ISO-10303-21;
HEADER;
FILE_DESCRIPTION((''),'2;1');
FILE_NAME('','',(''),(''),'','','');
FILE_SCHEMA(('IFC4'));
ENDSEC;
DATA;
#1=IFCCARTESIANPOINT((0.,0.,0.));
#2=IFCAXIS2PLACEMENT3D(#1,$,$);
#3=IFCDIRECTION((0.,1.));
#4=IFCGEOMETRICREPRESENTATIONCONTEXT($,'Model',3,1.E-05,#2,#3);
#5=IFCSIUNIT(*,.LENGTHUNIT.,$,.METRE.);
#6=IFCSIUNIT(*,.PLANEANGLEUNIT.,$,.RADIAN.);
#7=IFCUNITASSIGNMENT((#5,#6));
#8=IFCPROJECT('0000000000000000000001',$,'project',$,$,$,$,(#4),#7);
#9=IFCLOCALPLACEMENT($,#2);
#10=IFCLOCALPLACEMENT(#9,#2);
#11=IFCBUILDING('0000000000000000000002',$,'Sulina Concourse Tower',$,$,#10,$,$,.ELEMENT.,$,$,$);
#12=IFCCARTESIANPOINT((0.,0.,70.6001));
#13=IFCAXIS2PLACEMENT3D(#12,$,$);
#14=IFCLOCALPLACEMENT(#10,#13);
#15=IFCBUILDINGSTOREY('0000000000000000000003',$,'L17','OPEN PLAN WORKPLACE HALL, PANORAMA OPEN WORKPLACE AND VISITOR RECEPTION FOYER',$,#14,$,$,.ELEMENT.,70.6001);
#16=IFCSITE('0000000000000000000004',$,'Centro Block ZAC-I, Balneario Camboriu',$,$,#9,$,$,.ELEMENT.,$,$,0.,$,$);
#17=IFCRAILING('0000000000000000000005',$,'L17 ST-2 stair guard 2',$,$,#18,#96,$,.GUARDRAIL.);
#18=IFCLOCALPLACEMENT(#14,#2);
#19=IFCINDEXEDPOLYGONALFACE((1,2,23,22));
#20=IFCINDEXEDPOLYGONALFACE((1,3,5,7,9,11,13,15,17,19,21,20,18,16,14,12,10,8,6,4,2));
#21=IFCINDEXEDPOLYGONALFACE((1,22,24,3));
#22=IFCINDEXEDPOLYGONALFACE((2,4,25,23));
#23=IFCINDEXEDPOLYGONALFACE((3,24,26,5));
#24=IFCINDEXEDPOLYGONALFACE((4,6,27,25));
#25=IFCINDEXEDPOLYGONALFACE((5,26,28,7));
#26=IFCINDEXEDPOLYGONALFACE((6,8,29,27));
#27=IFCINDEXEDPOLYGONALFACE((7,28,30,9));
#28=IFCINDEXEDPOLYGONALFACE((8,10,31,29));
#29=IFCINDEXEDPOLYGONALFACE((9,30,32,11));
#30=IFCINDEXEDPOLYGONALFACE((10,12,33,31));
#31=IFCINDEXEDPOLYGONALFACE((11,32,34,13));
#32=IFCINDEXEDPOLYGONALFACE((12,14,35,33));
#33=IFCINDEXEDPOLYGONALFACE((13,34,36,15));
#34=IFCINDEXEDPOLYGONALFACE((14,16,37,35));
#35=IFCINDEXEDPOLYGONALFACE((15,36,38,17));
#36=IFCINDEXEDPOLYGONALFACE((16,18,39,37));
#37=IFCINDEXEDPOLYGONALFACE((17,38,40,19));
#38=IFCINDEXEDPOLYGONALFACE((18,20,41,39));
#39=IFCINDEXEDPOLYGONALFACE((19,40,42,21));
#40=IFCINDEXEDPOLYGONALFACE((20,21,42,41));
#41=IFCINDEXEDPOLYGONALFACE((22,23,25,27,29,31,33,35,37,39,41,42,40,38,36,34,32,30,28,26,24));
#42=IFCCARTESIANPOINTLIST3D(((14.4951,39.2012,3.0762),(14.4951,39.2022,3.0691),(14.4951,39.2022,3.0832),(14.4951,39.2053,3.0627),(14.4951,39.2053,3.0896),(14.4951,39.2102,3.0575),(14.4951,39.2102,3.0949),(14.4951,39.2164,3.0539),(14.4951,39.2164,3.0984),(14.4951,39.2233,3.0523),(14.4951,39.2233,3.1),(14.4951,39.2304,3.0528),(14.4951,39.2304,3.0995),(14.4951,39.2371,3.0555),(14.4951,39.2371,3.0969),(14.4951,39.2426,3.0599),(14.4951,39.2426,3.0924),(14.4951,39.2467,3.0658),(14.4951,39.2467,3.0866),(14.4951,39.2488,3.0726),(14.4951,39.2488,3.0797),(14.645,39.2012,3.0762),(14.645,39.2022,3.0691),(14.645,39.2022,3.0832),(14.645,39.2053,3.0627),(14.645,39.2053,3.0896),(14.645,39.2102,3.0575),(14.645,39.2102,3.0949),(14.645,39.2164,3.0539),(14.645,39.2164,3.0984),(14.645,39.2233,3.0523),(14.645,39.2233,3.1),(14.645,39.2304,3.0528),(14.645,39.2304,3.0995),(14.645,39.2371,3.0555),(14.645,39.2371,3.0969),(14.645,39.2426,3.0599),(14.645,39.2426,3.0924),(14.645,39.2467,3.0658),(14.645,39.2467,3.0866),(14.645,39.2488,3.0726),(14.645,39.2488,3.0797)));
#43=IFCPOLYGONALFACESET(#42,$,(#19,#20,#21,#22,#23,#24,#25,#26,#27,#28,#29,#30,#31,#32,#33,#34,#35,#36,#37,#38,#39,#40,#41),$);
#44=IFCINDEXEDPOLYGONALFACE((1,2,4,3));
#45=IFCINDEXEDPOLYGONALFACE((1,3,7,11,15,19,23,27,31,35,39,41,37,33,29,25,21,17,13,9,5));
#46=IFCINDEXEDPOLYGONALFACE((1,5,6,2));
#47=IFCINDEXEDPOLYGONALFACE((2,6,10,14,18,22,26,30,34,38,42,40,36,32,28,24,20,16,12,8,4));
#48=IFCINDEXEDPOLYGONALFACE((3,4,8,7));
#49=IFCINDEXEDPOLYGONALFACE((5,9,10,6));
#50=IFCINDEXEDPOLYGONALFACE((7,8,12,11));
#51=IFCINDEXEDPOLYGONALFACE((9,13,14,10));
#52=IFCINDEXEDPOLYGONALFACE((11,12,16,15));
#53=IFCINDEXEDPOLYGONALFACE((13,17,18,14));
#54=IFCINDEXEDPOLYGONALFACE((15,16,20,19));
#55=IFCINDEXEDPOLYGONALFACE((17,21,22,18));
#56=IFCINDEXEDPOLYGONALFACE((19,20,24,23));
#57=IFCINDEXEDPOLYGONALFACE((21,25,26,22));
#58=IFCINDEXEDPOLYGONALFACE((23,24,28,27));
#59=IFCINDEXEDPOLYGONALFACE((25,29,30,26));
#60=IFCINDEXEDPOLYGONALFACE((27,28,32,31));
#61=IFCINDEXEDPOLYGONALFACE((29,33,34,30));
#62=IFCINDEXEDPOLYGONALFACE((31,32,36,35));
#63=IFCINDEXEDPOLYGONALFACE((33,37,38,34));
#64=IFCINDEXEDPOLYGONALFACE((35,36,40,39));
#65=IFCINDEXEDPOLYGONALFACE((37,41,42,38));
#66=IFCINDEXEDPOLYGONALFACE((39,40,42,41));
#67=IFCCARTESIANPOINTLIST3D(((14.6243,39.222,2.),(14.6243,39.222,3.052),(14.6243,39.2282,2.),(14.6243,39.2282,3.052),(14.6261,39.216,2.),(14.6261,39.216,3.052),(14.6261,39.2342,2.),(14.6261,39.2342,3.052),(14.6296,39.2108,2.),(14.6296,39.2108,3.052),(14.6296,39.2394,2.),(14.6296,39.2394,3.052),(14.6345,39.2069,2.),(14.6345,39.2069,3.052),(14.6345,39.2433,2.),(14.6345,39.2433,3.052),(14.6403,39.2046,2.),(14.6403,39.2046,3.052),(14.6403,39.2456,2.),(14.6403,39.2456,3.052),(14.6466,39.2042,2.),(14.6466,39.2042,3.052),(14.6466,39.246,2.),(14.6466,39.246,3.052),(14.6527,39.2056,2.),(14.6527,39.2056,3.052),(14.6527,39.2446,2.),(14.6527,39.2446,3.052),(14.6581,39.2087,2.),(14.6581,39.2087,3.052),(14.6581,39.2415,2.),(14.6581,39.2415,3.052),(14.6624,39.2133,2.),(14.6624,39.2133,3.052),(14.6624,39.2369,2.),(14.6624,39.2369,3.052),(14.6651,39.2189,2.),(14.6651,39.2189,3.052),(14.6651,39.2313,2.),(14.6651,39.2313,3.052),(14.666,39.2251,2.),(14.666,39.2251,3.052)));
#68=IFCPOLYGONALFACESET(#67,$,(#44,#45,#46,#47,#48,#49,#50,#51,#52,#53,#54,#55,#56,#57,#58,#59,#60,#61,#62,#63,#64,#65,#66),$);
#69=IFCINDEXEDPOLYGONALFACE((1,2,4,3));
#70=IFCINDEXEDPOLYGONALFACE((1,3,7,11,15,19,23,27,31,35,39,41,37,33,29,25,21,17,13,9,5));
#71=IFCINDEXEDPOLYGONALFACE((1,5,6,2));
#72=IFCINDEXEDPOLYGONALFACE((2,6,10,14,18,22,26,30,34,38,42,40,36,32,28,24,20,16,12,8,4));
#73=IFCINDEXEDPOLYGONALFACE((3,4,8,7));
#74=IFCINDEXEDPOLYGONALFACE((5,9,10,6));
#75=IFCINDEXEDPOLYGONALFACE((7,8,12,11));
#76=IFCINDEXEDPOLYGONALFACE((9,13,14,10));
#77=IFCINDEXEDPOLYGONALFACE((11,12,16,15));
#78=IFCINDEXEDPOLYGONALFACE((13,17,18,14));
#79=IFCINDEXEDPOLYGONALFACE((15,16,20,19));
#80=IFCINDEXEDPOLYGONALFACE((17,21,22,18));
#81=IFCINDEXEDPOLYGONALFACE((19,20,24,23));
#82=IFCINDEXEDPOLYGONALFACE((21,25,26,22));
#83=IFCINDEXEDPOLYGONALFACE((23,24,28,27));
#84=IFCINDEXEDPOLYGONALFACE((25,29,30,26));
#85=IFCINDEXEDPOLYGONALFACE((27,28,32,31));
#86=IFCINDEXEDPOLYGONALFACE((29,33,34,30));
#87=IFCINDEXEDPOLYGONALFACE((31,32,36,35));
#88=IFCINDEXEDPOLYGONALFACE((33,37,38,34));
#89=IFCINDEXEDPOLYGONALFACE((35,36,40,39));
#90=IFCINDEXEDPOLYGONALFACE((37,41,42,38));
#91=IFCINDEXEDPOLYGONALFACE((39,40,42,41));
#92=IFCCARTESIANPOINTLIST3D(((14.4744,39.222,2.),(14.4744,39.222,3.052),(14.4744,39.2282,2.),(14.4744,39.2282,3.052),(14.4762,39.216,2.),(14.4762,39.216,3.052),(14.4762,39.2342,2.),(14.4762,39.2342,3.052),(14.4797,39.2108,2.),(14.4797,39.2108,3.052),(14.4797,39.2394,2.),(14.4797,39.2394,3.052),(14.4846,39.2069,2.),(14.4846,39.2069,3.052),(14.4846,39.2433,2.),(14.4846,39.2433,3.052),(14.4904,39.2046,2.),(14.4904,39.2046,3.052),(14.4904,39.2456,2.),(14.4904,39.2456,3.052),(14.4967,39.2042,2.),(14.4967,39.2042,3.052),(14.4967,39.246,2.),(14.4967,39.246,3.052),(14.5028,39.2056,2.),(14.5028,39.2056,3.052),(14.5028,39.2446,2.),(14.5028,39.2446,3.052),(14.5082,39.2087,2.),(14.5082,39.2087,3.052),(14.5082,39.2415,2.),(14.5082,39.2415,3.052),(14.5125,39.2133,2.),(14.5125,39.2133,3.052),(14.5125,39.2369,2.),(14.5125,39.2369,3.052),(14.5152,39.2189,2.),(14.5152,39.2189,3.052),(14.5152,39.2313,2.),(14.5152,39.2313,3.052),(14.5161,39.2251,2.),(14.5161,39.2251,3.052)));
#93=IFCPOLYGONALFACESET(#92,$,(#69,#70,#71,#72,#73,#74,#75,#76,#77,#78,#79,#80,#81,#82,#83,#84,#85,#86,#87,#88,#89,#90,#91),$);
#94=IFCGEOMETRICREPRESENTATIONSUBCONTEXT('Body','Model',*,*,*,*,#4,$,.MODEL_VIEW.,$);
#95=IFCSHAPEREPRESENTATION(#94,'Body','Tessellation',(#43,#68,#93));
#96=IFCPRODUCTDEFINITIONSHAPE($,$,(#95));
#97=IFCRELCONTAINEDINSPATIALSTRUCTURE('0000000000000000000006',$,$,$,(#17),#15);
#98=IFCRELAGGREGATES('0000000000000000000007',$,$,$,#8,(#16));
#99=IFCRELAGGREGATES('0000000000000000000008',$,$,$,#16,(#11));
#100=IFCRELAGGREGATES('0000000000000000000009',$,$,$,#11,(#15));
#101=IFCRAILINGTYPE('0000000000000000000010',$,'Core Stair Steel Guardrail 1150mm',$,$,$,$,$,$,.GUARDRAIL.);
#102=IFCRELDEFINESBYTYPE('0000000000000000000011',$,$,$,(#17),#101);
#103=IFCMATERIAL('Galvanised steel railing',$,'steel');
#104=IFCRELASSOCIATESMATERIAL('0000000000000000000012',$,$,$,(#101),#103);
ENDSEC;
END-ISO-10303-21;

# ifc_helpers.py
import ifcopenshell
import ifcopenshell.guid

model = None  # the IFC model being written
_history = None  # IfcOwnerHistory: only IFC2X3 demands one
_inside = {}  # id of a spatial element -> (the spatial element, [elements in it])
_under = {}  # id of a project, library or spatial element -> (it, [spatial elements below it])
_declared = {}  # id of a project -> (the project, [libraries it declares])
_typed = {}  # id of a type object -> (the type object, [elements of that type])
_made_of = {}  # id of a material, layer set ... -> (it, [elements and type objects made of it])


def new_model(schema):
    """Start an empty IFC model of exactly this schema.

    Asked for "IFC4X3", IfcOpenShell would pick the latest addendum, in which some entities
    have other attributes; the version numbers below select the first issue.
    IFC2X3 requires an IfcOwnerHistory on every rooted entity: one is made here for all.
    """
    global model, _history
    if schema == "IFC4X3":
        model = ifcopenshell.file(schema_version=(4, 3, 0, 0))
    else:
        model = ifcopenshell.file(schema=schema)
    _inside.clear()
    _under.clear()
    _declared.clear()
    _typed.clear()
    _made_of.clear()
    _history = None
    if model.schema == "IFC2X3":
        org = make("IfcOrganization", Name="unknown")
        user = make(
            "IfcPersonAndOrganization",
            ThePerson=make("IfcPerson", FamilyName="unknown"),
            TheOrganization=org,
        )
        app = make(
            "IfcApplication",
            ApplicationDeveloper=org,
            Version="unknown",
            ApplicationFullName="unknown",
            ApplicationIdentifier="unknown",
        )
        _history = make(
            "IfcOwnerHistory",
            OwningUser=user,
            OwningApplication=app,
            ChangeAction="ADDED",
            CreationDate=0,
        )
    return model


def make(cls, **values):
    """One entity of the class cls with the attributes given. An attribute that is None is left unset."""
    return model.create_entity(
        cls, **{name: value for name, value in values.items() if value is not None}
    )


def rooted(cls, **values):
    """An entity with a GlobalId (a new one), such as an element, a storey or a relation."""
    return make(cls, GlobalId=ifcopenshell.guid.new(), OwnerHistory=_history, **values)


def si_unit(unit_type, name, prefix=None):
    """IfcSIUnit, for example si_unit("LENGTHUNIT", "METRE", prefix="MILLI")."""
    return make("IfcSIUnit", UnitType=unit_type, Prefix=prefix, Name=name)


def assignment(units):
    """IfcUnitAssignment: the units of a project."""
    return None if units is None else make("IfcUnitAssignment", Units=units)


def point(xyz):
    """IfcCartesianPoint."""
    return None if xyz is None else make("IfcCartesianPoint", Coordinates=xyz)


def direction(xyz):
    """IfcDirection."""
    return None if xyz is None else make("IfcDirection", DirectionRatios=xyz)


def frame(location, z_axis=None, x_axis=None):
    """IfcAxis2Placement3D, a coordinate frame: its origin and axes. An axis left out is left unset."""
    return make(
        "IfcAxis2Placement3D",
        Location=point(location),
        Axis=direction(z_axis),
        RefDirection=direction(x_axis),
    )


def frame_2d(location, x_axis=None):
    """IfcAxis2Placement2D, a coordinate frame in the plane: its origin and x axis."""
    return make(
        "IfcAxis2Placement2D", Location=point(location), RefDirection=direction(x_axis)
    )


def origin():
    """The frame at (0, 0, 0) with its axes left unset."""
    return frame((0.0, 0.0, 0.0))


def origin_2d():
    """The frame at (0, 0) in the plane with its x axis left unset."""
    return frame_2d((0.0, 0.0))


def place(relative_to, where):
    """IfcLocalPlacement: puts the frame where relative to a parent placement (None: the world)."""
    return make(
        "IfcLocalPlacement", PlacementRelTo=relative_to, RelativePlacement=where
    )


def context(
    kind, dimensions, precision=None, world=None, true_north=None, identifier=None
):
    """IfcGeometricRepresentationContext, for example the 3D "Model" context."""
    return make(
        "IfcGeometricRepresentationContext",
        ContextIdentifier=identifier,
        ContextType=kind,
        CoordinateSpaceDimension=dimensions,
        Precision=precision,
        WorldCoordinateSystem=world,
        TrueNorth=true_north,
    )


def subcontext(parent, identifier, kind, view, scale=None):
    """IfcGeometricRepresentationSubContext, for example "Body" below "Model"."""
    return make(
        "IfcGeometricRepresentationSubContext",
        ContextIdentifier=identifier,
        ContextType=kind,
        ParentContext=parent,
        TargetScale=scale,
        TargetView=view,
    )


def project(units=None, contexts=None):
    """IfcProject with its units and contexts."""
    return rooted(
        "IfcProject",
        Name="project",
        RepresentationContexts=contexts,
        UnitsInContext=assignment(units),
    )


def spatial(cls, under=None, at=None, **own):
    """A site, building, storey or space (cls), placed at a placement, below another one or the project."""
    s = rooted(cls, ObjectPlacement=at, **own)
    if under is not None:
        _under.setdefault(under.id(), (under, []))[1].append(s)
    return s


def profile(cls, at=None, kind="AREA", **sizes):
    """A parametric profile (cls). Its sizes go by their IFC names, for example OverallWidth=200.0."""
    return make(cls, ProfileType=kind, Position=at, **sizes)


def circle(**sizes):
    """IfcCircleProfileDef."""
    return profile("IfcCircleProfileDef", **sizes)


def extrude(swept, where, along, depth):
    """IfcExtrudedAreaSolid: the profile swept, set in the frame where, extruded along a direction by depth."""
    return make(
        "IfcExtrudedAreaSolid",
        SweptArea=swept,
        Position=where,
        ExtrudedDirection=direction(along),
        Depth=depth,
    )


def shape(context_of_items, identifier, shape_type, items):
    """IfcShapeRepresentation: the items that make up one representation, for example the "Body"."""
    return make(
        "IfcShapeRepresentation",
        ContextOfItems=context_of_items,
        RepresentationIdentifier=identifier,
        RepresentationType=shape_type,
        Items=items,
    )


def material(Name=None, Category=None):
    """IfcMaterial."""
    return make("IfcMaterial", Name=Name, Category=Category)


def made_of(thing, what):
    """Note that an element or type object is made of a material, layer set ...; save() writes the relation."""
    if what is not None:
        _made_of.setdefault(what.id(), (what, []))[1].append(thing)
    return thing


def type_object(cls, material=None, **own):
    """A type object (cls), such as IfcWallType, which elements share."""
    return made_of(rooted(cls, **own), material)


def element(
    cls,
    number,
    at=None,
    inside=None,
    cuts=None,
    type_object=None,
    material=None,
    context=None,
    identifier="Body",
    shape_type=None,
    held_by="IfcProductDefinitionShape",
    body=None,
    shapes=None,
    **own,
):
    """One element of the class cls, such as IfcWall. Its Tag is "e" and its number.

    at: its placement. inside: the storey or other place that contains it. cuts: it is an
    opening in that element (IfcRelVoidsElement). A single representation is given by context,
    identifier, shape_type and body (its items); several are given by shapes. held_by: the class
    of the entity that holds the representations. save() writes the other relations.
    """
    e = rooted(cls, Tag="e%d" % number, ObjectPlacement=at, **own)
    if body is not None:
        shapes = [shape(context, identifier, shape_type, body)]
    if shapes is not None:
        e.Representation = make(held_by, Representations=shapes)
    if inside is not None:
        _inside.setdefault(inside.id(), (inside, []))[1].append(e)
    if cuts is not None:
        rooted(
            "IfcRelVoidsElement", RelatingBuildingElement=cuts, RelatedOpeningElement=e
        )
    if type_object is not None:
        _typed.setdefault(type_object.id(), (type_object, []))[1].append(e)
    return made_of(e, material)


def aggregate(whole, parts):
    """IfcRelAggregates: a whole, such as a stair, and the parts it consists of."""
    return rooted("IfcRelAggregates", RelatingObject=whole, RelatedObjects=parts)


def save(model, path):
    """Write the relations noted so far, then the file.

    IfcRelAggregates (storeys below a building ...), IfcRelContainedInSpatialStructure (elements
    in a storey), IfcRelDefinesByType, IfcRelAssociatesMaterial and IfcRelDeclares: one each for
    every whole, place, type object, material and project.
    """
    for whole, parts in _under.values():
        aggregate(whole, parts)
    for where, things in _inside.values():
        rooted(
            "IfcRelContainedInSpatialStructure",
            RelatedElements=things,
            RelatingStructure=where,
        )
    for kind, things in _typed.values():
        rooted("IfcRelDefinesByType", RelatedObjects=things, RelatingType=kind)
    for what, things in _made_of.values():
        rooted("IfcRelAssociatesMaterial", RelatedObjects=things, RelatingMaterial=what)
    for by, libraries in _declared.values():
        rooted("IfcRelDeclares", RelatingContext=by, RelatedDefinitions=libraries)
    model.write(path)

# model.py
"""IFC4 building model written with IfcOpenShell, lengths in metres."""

from ifc_helpers import new_model, si_unit, direction, frame, origin, origin_2d, place, context, subcontext, project, spatial, circle, extrude, material, type_object, element, save


model = new_model("IFC4")

# Units and contexts
model_context = context("Model", 3, precision=1e-05, world=origin(), true_north=direction((0.0, 1.0)))
body_context = subcontext(model_context, "Body", "Model", "MODEL_VIEW")
ifc_project = project(units=[si_unit("LENGTHUNIT", "METRE"), si_unit("PLANEANGLEUNIT", "RADIAN")], contexts=[model_context])

# Site, building, storey
site_placement = place(None, origin())
site = spatial("IfcSite", under=ifc_project, at=site_placement, Name="Centro Block ZAC-I, Balneario Camboriu", CompositionType="ELEMENT", RefElevation=0.0)
building_placement = place(site_placement, origin())
building = spatial("IfcBuilding", under=site, at=building_placement, Name="Sulina Concourse Tower", CompositionType="ELEMENT")
storey_placement = place(building_placement, frame((0.0, 0.0, 70.6001)))
storey = spatial("IfcBuildingStorey", under=building, at=storey_placement, Name="L17", Description="OPEN PLAN WORKPLACE HALL, PANORAMA OPEN WORKPLACE AND VISITOR RECEPTION FOYER", CompositionType="ELEMENT", Elevation=70.6001)

# Railing
ifc_material_1 = material(Name="Galvanised steel railing", Category="steel")
railing_type_1 = type_object("IfcRailingType", Name="Core Stair Steel Guardrail 1150mm", PredefinedType="GUARDRAIL", material=ifc_material_1)
railing_1_placement = place(storey_placement, frame((14.645, 39.2251, 2.0)))
element("IfcRailing", 1, at=railing_1_placement, inside=storey, type_object=railing_type_1, Name="L17 ST-2 stair guard 2", PredefinedType="GUARDRAIL", context=body_context, shape_type="SweptSolid", body=[
    extrude(circle(Radius=0.0239, at=origin_2d()), frame((0.0, 0.0, 1.0762), z_axis=(-1.0, 0.0, 0.0), x_axis=(0.0, -1.0, 0.0)), (0.0, 0.0, 1.0), 0.1499),
    extrude(circle(Radius=0.021, at=origin_2d()), origin(), (0.0, 0.0, 1.0), 1.052),
    extrude(circle(Radius=0.021, at=origin_2d()), frame((-0.1499, 0.0, 0.0)), (0.0, 0.0, 1.0), 1.052),
])

save(model, "model.ifc")
